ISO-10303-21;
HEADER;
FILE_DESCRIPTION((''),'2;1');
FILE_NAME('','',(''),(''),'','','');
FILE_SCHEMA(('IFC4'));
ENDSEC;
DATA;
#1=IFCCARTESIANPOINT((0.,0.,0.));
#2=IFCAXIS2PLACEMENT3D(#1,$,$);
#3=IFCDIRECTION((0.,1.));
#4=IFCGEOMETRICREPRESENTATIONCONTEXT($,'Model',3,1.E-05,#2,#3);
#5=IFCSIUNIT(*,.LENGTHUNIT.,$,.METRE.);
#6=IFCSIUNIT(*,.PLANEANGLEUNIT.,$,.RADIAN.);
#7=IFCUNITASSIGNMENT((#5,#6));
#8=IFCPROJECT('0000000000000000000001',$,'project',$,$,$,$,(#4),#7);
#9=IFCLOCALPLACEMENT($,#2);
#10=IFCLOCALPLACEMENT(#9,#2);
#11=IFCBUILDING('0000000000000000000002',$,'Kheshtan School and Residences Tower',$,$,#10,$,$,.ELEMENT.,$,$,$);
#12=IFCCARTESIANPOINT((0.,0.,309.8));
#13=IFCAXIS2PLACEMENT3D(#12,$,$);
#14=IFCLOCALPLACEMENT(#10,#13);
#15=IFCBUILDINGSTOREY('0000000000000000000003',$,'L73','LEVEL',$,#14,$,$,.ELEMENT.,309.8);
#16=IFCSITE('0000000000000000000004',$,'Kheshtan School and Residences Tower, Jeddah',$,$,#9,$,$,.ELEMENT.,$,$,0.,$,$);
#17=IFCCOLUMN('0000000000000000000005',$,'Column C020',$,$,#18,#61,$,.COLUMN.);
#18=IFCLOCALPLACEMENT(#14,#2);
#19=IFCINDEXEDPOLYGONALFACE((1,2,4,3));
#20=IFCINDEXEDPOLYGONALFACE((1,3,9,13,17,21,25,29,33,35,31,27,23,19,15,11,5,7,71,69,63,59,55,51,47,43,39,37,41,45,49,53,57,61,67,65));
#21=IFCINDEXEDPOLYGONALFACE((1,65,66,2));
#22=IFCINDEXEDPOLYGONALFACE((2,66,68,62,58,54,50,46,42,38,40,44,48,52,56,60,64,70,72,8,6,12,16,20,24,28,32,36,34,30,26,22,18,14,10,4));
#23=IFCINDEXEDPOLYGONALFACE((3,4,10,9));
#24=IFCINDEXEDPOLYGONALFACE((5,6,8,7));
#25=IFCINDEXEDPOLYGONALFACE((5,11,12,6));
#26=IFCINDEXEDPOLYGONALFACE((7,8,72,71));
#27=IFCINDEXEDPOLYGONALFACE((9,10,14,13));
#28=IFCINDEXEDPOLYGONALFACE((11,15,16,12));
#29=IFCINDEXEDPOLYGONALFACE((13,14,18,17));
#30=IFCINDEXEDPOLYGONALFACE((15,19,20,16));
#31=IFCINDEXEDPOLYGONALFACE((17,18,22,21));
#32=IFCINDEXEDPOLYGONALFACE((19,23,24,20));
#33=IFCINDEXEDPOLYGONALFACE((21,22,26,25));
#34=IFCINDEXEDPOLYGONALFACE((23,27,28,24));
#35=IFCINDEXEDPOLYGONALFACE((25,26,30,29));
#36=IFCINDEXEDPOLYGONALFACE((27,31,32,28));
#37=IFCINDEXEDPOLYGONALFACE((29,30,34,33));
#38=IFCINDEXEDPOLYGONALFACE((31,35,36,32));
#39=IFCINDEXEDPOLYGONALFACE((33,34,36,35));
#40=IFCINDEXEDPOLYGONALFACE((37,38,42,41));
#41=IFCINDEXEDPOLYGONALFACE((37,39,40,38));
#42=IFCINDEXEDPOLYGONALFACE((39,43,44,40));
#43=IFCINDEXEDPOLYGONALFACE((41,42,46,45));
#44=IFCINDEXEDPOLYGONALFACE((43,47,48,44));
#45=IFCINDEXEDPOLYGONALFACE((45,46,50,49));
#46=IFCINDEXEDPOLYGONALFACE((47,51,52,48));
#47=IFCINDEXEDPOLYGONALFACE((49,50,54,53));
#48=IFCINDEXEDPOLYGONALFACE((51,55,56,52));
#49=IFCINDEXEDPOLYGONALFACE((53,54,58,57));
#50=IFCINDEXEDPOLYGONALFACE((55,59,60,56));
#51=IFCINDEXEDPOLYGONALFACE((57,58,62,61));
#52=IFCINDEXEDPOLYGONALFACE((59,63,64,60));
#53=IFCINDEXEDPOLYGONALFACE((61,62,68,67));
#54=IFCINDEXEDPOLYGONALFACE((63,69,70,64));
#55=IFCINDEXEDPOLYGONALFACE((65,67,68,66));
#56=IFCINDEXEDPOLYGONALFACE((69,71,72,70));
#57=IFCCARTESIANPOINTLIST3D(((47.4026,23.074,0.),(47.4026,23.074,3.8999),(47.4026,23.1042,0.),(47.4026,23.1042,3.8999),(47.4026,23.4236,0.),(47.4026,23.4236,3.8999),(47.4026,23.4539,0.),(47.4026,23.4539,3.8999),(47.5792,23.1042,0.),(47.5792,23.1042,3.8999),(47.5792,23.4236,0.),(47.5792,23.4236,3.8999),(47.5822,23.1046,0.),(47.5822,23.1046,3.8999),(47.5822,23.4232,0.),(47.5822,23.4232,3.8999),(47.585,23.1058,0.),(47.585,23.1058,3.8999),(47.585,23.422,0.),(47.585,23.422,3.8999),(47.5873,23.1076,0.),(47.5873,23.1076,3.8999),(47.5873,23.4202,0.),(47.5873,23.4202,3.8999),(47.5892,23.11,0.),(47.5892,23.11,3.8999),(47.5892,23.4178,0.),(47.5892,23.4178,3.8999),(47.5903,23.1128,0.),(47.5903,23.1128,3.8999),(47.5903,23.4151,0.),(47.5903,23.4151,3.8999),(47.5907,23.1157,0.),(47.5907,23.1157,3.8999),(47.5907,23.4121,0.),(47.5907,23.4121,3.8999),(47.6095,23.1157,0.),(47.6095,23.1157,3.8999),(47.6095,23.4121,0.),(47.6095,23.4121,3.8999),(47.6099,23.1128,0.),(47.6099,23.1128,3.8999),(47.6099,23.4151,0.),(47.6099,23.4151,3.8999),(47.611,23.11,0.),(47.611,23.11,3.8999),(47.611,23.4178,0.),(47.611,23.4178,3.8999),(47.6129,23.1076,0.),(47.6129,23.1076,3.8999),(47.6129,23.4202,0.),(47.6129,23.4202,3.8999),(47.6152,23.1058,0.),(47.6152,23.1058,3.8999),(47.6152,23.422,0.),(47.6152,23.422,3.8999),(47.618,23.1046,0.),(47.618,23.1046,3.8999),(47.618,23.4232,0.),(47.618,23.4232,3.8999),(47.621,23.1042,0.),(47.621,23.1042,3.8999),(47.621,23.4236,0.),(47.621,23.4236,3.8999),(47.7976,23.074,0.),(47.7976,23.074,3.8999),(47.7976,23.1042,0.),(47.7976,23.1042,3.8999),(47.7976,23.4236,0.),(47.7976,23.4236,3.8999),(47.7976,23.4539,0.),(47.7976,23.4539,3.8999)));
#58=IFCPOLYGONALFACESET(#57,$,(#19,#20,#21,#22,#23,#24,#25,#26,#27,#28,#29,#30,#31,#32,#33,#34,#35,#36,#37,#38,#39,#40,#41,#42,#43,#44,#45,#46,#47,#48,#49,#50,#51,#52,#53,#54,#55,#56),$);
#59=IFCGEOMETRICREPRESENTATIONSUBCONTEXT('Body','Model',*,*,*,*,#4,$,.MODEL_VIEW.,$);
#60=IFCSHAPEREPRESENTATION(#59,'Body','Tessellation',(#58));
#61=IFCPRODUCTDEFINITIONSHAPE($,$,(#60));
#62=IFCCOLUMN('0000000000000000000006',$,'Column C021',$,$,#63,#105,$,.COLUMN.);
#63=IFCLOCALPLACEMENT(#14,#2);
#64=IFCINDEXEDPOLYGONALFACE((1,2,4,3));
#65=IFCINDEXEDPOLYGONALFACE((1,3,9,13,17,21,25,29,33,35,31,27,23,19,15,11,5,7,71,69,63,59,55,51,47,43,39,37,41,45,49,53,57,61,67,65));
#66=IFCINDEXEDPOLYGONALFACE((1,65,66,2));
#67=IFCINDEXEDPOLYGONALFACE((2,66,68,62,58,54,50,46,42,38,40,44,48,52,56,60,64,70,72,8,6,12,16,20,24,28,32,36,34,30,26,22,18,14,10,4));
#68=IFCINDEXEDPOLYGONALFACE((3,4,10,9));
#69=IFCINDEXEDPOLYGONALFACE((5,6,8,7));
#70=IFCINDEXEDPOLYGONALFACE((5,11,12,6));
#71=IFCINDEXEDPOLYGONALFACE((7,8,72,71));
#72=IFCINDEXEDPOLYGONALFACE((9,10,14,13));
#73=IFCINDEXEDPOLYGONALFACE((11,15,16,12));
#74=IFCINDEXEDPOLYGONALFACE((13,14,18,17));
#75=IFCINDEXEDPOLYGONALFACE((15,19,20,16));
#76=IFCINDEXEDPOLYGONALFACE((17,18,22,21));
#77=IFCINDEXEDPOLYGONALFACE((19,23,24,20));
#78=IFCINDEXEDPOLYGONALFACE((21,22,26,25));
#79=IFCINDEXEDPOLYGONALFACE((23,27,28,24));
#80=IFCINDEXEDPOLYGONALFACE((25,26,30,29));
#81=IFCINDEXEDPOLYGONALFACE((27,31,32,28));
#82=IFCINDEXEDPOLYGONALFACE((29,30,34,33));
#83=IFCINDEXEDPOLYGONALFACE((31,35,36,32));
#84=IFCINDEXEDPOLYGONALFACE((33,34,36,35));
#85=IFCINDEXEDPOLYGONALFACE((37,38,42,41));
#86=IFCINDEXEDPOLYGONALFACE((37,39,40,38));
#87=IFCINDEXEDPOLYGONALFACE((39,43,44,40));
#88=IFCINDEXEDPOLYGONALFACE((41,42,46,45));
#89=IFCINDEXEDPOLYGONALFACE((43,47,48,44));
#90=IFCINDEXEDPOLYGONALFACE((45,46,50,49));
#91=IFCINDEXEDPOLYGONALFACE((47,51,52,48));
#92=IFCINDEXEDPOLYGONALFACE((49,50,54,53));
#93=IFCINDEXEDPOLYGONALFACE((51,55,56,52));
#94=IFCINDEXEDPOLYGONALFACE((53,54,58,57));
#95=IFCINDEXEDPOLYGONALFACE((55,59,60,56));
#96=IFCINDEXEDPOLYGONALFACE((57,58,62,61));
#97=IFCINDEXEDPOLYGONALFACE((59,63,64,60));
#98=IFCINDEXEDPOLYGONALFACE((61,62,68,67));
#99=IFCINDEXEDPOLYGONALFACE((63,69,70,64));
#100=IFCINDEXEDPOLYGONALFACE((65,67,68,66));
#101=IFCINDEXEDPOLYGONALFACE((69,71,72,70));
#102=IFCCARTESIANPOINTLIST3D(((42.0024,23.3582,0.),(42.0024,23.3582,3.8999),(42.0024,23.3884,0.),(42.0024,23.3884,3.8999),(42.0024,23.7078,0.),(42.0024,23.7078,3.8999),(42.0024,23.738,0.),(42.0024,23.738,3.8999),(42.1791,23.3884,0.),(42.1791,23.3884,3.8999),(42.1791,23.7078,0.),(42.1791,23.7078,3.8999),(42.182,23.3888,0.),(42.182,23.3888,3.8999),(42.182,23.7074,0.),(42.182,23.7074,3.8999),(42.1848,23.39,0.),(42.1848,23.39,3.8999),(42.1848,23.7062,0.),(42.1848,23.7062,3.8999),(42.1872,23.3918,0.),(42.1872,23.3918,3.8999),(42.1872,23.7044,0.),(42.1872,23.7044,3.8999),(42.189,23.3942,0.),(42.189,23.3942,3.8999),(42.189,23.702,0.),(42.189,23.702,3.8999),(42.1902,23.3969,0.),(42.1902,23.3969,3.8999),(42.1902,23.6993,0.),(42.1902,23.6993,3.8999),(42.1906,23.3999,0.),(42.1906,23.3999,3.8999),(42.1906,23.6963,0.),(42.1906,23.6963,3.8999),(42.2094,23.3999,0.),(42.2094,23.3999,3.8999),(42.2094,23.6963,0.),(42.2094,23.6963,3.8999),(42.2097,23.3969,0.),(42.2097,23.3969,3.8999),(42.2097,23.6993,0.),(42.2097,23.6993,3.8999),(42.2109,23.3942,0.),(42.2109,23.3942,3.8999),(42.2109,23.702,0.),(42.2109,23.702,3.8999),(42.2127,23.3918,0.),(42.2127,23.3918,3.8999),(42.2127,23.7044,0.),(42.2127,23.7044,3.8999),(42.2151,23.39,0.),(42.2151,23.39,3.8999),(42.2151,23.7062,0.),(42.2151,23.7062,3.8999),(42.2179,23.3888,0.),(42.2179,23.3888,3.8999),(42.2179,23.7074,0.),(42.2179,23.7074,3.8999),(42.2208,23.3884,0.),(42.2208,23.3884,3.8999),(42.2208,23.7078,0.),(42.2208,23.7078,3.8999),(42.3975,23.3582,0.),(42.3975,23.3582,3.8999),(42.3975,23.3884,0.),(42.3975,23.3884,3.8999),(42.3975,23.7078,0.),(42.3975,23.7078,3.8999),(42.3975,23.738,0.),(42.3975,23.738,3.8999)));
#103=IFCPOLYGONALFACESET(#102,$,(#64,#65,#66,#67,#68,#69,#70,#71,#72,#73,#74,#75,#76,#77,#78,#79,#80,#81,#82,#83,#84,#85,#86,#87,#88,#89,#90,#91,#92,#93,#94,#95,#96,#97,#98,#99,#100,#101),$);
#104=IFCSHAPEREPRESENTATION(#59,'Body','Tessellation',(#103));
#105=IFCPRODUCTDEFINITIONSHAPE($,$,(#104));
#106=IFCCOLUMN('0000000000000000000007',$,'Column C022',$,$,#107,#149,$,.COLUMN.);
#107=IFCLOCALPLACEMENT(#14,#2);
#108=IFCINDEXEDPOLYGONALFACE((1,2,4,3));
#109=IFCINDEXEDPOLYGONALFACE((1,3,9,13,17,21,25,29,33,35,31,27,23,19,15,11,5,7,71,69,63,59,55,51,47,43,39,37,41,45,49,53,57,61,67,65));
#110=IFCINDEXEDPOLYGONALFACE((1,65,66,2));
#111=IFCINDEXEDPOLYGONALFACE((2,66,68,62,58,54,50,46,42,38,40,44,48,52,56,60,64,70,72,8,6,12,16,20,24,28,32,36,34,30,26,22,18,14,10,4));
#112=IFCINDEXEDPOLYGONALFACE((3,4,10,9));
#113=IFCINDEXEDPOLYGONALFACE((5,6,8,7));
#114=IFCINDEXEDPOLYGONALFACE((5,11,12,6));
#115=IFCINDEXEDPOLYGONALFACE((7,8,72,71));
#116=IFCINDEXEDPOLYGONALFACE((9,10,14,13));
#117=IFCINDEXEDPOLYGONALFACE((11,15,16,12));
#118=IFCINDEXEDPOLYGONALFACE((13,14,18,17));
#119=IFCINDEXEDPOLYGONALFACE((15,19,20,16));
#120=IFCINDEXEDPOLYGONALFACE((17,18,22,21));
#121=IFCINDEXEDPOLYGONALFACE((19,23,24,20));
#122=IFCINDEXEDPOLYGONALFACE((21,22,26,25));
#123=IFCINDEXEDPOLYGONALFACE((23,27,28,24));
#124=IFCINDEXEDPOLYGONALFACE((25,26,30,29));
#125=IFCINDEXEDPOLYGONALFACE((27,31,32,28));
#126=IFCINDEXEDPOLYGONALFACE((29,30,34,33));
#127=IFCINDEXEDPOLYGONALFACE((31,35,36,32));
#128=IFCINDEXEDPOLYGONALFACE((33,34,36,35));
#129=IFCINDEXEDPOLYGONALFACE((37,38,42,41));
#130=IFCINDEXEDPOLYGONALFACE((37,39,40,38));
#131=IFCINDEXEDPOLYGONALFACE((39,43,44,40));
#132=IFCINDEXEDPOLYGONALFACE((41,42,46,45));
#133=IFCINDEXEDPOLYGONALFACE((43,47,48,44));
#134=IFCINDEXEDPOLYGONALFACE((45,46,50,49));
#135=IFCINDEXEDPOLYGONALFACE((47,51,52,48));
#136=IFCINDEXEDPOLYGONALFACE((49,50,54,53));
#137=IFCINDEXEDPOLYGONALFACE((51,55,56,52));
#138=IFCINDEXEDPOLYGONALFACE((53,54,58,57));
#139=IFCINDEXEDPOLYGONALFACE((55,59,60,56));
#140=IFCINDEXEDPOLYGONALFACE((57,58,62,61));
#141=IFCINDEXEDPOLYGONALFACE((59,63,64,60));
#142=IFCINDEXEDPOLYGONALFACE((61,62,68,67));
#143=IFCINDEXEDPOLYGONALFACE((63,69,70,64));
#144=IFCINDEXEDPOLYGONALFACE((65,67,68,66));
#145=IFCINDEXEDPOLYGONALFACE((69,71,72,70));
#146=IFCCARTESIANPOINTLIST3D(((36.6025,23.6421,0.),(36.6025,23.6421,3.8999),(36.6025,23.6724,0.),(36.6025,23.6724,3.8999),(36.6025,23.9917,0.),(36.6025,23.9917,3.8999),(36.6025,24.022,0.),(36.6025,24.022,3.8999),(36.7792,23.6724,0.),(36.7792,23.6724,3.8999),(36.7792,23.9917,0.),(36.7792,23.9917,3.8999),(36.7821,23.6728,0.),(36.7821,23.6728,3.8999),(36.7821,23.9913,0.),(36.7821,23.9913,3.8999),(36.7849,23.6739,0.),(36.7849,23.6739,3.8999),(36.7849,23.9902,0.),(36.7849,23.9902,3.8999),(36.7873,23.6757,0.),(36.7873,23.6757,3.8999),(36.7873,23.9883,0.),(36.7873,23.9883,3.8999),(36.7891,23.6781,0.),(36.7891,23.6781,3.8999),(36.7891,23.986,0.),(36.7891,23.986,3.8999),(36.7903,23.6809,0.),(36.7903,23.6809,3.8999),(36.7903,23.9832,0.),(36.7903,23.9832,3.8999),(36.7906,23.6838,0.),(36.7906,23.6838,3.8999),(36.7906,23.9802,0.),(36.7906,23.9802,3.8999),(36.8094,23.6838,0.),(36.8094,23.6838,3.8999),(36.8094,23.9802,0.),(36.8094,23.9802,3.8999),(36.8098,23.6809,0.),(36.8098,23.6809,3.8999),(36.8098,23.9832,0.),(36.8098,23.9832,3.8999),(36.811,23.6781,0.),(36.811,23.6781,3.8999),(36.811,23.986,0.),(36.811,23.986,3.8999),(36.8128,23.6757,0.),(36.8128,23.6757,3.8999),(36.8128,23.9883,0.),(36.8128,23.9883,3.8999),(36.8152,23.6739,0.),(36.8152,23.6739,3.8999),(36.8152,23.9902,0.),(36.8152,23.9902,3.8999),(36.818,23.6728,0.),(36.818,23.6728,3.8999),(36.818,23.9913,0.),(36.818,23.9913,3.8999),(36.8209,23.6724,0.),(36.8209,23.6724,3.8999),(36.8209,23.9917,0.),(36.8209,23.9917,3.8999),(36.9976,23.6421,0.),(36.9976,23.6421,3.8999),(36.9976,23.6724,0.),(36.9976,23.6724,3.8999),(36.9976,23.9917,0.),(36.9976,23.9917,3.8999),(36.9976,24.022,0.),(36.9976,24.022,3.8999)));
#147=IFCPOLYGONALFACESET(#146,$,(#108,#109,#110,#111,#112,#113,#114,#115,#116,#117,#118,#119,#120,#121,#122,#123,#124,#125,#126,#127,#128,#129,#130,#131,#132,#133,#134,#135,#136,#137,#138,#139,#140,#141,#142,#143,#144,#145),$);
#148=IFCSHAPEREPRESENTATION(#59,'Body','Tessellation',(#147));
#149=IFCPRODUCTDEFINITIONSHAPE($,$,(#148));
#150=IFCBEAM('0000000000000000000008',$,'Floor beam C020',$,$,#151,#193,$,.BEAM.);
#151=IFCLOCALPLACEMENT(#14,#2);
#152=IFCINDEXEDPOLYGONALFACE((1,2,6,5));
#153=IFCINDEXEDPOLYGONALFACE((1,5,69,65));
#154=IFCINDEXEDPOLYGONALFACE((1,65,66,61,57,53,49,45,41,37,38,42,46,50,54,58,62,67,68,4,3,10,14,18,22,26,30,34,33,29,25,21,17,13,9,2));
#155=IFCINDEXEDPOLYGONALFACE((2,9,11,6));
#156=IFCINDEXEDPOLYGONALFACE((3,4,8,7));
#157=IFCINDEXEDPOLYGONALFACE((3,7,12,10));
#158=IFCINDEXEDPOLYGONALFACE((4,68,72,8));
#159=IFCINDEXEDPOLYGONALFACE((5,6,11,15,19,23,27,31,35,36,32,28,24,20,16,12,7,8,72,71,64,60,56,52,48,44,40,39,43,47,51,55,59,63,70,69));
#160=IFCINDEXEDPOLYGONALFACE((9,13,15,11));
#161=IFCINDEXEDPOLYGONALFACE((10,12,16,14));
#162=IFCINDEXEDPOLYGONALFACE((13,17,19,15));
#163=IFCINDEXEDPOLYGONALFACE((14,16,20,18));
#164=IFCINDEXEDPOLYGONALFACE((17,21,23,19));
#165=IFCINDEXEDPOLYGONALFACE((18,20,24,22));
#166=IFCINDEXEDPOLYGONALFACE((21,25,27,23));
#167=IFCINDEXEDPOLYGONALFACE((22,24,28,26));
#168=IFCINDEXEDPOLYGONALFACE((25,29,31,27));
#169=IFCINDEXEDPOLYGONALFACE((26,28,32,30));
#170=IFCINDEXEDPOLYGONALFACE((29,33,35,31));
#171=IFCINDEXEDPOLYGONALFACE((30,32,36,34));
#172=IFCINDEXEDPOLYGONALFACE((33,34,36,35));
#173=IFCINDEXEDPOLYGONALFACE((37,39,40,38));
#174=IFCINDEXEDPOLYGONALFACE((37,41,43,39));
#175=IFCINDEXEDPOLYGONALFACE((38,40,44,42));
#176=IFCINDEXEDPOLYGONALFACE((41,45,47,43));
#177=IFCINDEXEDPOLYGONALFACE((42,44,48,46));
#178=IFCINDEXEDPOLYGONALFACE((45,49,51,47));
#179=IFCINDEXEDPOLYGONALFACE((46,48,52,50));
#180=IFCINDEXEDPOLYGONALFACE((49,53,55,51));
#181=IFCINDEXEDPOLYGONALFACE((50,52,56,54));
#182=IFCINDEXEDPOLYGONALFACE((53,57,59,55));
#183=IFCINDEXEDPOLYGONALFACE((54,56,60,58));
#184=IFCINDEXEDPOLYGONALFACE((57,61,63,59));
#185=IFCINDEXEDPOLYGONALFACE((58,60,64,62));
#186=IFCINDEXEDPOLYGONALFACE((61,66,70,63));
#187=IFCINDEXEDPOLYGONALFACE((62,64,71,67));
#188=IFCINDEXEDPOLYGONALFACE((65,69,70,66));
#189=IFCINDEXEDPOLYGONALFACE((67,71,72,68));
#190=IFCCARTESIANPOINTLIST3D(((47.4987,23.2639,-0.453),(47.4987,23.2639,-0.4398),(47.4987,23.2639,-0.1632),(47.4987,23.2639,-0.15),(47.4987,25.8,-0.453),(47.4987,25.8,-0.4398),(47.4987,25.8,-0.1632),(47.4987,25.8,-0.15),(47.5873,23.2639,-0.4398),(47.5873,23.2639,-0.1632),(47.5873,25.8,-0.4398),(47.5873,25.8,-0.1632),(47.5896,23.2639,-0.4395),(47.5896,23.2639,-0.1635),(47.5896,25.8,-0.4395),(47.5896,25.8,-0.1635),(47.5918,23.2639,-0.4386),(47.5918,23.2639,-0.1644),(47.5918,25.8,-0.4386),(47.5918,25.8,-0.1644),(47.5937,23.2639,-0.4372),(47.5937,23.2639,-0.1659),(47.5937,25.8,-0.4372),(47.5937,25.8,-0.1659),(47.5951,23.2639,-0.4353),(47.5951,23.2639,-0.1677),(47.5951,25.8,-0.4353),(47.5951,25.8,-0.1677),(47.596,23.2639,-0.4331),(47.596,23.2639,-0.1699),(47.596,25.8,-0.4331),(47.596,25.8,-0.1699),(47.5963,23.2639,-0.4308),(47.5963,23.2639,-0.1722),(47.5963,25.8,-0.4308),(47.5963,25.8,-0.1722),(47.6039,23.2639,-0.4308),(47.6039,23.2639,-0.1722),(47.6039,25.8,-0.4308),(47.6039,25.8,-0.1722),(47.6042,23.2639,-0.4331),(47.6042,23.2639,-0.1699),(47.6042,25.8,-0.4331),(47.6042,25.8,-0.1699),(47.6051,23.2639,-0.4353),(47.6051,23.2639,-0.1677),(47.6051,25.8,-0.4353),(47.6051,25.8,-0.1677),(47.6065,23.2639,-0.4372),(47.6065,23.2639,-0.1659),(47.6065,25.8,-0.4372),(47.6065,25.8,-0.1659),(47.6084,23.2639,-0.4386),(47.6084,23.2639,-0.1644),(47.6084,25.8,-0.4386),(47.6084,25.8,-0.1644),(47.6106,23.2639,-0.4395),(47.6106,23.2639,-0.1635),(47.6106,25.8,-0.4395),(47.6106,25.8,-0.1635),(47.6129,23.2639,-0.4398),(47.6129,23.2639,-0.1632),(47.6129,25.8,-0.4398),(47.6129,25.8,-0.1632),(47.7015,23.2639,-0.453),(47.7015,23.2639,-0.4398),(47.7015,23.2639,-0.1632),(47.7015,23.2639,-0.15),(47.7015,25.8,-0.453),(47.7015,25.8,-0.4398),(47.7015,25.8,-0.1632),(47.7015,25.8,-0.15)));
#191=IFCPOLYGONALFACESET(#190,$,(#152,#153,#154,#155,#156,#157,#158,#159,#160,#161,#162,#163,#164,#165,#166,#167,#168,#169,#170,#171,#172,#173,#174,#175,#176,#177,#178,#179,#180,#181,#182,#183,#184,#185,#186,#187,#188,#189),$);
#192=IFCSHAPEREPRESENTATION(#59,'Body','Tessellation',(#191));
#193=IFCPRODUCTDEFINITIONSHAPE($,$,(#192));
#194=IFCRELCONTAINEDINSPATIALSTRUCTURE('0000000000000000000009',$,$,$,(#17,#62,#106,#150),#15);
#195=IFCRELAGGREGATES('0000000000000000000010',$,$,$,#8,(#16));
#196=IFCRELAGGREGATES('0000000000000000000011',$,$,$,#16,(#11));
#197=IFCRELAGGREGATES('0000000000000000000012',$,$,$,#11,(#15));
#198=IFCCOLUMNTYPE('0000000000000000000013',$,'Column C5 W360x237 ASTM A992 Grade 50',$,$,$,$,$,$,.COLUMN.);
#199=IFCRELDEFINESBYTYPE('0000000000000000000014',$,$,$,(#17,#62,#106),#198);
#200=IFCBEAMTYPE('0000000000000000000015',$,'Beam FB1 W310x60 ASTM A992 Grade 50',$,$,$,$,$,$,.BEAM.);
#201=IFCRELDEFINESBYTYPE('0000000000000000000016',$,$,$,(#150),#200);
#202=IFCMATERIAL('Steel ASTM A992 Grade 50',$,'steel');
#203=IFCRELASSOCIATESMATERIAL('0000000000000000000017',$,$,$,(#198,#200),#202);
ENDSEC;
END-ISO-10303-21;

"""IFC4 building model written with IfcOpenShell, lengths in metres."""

from ifc_helpers import new_model, si_unit, direction, frame, origin, origin_2d, place, context, subcontext, project, spatial, i_section, extrude, material, material_profile, profile_set, type_object, element, save


model = new_model("IFC4")

# Units and contexts
model_context = context("Model", 3, precision=1e-05, world=origin(), true_north=direction((0.0, 1.0)))
body_context = subcontext(model_context, "Body", "Model", "MODEL_VIEW")
ifc_project = project(units=[si_unit("LENGTHUNIT", "METRE"), si_unit("PLANEANGLEUNIT", "RADIAN")], contexts=[model_context])

# Site, building, storey
site_placement = place(None, origin())
site = spatial("IfcSite", under=ifc_project, at=site_placement, Name="Kheshtan School and Residences Tower, Jeddah", CompositionType="ELEMENT", RefElevation=0.0)
building_placement = place(site_placement, origin())
building = spatial("IfcBuilding", under=site, at=building_placement, Name="Kheshtan School and Residences Tower", CompositionType="ELEMENT")
storey_placement = place(building_placement, frame((0.0, 0.0, 309.8)))
storey = spatial("IfcBuildingStorey", under=building, at=storey_placement, Name="L73", Description="LEVEL", CompositionType="ELEMENT", Elevation=309.8)

# Columns
ifc_material_1 = material(Name="Steel ASTM A992 Grade 50", Category="steel")
ifc_material_profile_1 = material_profile(ifc_material_1, i_section(OverallWidth=0.395, OverallDepth=0.3799, WebThickness=0.0188, FlangeThickness=0.0303, FilletRadius=0.0115, at=origin_2d()), Name="W360x237")
ifc_profile_set_1 = profile_set([ifc_material_profile_1], Name="Steel ASTM A992 Grade 50")
column_type = type_object("IfcColumnType", Name="Column C5 W360x237 ASTM A992 Grade 50", PredefinedType="COLUMN", material=ifc_profile_set_1)
for number, where, z_axis, x_axis, name in (
    (1, (47.6001, 23.2639, 0.0), (0.0, 0.0, 1.0), (1.0, 0.0, 0.0), "Column C020"),
    (2, (42.2, 23.5481, 0.0), (0.0, 0.0, 1.0), (1.0, 0.0, 0.0), "Column C021"),
    (3, (36.8, 23.832, 0.0), (0.0, 0.0, 1.0), (1.0, 0.0, 0.0), "Column C022"),
):
    element("IfcColumn", number, at=place(storey_placement, frame(where, z_axis=z_axis, x_axis=x_axis)), inside=storey, type_object=column_type, Name=name, PredefinedType="COLUMN", context=body_context, shape_type="SweptSolid", body=[
        extrude(i_section(OverallWidth=0.395, OverallDepth=0.3799, WebThickness=0.0188, FlangeThickness=0.0303, FilletRadius=0.0115, at=origin_2d()), origin(), (0.0, 0.0, 1.0), 3.8999),
    ])

# Beam
ifc_material_profile_2 = material_profile(ifc_material_1, i_section(OverallWidth=0.2029, OverallDepth=0.303, WebThickness=0.0076, FlangeThickness=0.0132, FilletRadius=0.009, at=origin_2d()), Name="W310x60")
ifc_profile_set_2 = profile_set([ifc_material_profile_2], Name="Steel ASTM A992 Grade 50")
beam_type_1 = type_object("IfcBeamType", Name="Beam FB1 W310x60 ASTM A992 Grade 50", PredefinedType="BEAM", material=ifc_profile_set_2)
beam_1_placement = place(storey_placement, frame((47.6001, 23.2639, -0.3015), z_axis=(0.0, 1.0, 0.0), x_axis=(-1.0, 0.0, 0.0)))
element("IfcBeam", 4, at=beam_1_placement, inside=storey, type_object=beam_type_1, Name="Floor beam C020", PredefinedType="BEAM", context=body_context, shape_type="SweptSolid", body=[
    extrude(i_section(OverallWidth=0.2029, OverallDepth=0.303, WebThickness=0.0076, FlangeThickness=0.0132, FilletRadius=0.009, at=origin_2d()), origin(), (0.0, 0.0, 1.0), 2.5361),
])

save(model, "model.ifc")
